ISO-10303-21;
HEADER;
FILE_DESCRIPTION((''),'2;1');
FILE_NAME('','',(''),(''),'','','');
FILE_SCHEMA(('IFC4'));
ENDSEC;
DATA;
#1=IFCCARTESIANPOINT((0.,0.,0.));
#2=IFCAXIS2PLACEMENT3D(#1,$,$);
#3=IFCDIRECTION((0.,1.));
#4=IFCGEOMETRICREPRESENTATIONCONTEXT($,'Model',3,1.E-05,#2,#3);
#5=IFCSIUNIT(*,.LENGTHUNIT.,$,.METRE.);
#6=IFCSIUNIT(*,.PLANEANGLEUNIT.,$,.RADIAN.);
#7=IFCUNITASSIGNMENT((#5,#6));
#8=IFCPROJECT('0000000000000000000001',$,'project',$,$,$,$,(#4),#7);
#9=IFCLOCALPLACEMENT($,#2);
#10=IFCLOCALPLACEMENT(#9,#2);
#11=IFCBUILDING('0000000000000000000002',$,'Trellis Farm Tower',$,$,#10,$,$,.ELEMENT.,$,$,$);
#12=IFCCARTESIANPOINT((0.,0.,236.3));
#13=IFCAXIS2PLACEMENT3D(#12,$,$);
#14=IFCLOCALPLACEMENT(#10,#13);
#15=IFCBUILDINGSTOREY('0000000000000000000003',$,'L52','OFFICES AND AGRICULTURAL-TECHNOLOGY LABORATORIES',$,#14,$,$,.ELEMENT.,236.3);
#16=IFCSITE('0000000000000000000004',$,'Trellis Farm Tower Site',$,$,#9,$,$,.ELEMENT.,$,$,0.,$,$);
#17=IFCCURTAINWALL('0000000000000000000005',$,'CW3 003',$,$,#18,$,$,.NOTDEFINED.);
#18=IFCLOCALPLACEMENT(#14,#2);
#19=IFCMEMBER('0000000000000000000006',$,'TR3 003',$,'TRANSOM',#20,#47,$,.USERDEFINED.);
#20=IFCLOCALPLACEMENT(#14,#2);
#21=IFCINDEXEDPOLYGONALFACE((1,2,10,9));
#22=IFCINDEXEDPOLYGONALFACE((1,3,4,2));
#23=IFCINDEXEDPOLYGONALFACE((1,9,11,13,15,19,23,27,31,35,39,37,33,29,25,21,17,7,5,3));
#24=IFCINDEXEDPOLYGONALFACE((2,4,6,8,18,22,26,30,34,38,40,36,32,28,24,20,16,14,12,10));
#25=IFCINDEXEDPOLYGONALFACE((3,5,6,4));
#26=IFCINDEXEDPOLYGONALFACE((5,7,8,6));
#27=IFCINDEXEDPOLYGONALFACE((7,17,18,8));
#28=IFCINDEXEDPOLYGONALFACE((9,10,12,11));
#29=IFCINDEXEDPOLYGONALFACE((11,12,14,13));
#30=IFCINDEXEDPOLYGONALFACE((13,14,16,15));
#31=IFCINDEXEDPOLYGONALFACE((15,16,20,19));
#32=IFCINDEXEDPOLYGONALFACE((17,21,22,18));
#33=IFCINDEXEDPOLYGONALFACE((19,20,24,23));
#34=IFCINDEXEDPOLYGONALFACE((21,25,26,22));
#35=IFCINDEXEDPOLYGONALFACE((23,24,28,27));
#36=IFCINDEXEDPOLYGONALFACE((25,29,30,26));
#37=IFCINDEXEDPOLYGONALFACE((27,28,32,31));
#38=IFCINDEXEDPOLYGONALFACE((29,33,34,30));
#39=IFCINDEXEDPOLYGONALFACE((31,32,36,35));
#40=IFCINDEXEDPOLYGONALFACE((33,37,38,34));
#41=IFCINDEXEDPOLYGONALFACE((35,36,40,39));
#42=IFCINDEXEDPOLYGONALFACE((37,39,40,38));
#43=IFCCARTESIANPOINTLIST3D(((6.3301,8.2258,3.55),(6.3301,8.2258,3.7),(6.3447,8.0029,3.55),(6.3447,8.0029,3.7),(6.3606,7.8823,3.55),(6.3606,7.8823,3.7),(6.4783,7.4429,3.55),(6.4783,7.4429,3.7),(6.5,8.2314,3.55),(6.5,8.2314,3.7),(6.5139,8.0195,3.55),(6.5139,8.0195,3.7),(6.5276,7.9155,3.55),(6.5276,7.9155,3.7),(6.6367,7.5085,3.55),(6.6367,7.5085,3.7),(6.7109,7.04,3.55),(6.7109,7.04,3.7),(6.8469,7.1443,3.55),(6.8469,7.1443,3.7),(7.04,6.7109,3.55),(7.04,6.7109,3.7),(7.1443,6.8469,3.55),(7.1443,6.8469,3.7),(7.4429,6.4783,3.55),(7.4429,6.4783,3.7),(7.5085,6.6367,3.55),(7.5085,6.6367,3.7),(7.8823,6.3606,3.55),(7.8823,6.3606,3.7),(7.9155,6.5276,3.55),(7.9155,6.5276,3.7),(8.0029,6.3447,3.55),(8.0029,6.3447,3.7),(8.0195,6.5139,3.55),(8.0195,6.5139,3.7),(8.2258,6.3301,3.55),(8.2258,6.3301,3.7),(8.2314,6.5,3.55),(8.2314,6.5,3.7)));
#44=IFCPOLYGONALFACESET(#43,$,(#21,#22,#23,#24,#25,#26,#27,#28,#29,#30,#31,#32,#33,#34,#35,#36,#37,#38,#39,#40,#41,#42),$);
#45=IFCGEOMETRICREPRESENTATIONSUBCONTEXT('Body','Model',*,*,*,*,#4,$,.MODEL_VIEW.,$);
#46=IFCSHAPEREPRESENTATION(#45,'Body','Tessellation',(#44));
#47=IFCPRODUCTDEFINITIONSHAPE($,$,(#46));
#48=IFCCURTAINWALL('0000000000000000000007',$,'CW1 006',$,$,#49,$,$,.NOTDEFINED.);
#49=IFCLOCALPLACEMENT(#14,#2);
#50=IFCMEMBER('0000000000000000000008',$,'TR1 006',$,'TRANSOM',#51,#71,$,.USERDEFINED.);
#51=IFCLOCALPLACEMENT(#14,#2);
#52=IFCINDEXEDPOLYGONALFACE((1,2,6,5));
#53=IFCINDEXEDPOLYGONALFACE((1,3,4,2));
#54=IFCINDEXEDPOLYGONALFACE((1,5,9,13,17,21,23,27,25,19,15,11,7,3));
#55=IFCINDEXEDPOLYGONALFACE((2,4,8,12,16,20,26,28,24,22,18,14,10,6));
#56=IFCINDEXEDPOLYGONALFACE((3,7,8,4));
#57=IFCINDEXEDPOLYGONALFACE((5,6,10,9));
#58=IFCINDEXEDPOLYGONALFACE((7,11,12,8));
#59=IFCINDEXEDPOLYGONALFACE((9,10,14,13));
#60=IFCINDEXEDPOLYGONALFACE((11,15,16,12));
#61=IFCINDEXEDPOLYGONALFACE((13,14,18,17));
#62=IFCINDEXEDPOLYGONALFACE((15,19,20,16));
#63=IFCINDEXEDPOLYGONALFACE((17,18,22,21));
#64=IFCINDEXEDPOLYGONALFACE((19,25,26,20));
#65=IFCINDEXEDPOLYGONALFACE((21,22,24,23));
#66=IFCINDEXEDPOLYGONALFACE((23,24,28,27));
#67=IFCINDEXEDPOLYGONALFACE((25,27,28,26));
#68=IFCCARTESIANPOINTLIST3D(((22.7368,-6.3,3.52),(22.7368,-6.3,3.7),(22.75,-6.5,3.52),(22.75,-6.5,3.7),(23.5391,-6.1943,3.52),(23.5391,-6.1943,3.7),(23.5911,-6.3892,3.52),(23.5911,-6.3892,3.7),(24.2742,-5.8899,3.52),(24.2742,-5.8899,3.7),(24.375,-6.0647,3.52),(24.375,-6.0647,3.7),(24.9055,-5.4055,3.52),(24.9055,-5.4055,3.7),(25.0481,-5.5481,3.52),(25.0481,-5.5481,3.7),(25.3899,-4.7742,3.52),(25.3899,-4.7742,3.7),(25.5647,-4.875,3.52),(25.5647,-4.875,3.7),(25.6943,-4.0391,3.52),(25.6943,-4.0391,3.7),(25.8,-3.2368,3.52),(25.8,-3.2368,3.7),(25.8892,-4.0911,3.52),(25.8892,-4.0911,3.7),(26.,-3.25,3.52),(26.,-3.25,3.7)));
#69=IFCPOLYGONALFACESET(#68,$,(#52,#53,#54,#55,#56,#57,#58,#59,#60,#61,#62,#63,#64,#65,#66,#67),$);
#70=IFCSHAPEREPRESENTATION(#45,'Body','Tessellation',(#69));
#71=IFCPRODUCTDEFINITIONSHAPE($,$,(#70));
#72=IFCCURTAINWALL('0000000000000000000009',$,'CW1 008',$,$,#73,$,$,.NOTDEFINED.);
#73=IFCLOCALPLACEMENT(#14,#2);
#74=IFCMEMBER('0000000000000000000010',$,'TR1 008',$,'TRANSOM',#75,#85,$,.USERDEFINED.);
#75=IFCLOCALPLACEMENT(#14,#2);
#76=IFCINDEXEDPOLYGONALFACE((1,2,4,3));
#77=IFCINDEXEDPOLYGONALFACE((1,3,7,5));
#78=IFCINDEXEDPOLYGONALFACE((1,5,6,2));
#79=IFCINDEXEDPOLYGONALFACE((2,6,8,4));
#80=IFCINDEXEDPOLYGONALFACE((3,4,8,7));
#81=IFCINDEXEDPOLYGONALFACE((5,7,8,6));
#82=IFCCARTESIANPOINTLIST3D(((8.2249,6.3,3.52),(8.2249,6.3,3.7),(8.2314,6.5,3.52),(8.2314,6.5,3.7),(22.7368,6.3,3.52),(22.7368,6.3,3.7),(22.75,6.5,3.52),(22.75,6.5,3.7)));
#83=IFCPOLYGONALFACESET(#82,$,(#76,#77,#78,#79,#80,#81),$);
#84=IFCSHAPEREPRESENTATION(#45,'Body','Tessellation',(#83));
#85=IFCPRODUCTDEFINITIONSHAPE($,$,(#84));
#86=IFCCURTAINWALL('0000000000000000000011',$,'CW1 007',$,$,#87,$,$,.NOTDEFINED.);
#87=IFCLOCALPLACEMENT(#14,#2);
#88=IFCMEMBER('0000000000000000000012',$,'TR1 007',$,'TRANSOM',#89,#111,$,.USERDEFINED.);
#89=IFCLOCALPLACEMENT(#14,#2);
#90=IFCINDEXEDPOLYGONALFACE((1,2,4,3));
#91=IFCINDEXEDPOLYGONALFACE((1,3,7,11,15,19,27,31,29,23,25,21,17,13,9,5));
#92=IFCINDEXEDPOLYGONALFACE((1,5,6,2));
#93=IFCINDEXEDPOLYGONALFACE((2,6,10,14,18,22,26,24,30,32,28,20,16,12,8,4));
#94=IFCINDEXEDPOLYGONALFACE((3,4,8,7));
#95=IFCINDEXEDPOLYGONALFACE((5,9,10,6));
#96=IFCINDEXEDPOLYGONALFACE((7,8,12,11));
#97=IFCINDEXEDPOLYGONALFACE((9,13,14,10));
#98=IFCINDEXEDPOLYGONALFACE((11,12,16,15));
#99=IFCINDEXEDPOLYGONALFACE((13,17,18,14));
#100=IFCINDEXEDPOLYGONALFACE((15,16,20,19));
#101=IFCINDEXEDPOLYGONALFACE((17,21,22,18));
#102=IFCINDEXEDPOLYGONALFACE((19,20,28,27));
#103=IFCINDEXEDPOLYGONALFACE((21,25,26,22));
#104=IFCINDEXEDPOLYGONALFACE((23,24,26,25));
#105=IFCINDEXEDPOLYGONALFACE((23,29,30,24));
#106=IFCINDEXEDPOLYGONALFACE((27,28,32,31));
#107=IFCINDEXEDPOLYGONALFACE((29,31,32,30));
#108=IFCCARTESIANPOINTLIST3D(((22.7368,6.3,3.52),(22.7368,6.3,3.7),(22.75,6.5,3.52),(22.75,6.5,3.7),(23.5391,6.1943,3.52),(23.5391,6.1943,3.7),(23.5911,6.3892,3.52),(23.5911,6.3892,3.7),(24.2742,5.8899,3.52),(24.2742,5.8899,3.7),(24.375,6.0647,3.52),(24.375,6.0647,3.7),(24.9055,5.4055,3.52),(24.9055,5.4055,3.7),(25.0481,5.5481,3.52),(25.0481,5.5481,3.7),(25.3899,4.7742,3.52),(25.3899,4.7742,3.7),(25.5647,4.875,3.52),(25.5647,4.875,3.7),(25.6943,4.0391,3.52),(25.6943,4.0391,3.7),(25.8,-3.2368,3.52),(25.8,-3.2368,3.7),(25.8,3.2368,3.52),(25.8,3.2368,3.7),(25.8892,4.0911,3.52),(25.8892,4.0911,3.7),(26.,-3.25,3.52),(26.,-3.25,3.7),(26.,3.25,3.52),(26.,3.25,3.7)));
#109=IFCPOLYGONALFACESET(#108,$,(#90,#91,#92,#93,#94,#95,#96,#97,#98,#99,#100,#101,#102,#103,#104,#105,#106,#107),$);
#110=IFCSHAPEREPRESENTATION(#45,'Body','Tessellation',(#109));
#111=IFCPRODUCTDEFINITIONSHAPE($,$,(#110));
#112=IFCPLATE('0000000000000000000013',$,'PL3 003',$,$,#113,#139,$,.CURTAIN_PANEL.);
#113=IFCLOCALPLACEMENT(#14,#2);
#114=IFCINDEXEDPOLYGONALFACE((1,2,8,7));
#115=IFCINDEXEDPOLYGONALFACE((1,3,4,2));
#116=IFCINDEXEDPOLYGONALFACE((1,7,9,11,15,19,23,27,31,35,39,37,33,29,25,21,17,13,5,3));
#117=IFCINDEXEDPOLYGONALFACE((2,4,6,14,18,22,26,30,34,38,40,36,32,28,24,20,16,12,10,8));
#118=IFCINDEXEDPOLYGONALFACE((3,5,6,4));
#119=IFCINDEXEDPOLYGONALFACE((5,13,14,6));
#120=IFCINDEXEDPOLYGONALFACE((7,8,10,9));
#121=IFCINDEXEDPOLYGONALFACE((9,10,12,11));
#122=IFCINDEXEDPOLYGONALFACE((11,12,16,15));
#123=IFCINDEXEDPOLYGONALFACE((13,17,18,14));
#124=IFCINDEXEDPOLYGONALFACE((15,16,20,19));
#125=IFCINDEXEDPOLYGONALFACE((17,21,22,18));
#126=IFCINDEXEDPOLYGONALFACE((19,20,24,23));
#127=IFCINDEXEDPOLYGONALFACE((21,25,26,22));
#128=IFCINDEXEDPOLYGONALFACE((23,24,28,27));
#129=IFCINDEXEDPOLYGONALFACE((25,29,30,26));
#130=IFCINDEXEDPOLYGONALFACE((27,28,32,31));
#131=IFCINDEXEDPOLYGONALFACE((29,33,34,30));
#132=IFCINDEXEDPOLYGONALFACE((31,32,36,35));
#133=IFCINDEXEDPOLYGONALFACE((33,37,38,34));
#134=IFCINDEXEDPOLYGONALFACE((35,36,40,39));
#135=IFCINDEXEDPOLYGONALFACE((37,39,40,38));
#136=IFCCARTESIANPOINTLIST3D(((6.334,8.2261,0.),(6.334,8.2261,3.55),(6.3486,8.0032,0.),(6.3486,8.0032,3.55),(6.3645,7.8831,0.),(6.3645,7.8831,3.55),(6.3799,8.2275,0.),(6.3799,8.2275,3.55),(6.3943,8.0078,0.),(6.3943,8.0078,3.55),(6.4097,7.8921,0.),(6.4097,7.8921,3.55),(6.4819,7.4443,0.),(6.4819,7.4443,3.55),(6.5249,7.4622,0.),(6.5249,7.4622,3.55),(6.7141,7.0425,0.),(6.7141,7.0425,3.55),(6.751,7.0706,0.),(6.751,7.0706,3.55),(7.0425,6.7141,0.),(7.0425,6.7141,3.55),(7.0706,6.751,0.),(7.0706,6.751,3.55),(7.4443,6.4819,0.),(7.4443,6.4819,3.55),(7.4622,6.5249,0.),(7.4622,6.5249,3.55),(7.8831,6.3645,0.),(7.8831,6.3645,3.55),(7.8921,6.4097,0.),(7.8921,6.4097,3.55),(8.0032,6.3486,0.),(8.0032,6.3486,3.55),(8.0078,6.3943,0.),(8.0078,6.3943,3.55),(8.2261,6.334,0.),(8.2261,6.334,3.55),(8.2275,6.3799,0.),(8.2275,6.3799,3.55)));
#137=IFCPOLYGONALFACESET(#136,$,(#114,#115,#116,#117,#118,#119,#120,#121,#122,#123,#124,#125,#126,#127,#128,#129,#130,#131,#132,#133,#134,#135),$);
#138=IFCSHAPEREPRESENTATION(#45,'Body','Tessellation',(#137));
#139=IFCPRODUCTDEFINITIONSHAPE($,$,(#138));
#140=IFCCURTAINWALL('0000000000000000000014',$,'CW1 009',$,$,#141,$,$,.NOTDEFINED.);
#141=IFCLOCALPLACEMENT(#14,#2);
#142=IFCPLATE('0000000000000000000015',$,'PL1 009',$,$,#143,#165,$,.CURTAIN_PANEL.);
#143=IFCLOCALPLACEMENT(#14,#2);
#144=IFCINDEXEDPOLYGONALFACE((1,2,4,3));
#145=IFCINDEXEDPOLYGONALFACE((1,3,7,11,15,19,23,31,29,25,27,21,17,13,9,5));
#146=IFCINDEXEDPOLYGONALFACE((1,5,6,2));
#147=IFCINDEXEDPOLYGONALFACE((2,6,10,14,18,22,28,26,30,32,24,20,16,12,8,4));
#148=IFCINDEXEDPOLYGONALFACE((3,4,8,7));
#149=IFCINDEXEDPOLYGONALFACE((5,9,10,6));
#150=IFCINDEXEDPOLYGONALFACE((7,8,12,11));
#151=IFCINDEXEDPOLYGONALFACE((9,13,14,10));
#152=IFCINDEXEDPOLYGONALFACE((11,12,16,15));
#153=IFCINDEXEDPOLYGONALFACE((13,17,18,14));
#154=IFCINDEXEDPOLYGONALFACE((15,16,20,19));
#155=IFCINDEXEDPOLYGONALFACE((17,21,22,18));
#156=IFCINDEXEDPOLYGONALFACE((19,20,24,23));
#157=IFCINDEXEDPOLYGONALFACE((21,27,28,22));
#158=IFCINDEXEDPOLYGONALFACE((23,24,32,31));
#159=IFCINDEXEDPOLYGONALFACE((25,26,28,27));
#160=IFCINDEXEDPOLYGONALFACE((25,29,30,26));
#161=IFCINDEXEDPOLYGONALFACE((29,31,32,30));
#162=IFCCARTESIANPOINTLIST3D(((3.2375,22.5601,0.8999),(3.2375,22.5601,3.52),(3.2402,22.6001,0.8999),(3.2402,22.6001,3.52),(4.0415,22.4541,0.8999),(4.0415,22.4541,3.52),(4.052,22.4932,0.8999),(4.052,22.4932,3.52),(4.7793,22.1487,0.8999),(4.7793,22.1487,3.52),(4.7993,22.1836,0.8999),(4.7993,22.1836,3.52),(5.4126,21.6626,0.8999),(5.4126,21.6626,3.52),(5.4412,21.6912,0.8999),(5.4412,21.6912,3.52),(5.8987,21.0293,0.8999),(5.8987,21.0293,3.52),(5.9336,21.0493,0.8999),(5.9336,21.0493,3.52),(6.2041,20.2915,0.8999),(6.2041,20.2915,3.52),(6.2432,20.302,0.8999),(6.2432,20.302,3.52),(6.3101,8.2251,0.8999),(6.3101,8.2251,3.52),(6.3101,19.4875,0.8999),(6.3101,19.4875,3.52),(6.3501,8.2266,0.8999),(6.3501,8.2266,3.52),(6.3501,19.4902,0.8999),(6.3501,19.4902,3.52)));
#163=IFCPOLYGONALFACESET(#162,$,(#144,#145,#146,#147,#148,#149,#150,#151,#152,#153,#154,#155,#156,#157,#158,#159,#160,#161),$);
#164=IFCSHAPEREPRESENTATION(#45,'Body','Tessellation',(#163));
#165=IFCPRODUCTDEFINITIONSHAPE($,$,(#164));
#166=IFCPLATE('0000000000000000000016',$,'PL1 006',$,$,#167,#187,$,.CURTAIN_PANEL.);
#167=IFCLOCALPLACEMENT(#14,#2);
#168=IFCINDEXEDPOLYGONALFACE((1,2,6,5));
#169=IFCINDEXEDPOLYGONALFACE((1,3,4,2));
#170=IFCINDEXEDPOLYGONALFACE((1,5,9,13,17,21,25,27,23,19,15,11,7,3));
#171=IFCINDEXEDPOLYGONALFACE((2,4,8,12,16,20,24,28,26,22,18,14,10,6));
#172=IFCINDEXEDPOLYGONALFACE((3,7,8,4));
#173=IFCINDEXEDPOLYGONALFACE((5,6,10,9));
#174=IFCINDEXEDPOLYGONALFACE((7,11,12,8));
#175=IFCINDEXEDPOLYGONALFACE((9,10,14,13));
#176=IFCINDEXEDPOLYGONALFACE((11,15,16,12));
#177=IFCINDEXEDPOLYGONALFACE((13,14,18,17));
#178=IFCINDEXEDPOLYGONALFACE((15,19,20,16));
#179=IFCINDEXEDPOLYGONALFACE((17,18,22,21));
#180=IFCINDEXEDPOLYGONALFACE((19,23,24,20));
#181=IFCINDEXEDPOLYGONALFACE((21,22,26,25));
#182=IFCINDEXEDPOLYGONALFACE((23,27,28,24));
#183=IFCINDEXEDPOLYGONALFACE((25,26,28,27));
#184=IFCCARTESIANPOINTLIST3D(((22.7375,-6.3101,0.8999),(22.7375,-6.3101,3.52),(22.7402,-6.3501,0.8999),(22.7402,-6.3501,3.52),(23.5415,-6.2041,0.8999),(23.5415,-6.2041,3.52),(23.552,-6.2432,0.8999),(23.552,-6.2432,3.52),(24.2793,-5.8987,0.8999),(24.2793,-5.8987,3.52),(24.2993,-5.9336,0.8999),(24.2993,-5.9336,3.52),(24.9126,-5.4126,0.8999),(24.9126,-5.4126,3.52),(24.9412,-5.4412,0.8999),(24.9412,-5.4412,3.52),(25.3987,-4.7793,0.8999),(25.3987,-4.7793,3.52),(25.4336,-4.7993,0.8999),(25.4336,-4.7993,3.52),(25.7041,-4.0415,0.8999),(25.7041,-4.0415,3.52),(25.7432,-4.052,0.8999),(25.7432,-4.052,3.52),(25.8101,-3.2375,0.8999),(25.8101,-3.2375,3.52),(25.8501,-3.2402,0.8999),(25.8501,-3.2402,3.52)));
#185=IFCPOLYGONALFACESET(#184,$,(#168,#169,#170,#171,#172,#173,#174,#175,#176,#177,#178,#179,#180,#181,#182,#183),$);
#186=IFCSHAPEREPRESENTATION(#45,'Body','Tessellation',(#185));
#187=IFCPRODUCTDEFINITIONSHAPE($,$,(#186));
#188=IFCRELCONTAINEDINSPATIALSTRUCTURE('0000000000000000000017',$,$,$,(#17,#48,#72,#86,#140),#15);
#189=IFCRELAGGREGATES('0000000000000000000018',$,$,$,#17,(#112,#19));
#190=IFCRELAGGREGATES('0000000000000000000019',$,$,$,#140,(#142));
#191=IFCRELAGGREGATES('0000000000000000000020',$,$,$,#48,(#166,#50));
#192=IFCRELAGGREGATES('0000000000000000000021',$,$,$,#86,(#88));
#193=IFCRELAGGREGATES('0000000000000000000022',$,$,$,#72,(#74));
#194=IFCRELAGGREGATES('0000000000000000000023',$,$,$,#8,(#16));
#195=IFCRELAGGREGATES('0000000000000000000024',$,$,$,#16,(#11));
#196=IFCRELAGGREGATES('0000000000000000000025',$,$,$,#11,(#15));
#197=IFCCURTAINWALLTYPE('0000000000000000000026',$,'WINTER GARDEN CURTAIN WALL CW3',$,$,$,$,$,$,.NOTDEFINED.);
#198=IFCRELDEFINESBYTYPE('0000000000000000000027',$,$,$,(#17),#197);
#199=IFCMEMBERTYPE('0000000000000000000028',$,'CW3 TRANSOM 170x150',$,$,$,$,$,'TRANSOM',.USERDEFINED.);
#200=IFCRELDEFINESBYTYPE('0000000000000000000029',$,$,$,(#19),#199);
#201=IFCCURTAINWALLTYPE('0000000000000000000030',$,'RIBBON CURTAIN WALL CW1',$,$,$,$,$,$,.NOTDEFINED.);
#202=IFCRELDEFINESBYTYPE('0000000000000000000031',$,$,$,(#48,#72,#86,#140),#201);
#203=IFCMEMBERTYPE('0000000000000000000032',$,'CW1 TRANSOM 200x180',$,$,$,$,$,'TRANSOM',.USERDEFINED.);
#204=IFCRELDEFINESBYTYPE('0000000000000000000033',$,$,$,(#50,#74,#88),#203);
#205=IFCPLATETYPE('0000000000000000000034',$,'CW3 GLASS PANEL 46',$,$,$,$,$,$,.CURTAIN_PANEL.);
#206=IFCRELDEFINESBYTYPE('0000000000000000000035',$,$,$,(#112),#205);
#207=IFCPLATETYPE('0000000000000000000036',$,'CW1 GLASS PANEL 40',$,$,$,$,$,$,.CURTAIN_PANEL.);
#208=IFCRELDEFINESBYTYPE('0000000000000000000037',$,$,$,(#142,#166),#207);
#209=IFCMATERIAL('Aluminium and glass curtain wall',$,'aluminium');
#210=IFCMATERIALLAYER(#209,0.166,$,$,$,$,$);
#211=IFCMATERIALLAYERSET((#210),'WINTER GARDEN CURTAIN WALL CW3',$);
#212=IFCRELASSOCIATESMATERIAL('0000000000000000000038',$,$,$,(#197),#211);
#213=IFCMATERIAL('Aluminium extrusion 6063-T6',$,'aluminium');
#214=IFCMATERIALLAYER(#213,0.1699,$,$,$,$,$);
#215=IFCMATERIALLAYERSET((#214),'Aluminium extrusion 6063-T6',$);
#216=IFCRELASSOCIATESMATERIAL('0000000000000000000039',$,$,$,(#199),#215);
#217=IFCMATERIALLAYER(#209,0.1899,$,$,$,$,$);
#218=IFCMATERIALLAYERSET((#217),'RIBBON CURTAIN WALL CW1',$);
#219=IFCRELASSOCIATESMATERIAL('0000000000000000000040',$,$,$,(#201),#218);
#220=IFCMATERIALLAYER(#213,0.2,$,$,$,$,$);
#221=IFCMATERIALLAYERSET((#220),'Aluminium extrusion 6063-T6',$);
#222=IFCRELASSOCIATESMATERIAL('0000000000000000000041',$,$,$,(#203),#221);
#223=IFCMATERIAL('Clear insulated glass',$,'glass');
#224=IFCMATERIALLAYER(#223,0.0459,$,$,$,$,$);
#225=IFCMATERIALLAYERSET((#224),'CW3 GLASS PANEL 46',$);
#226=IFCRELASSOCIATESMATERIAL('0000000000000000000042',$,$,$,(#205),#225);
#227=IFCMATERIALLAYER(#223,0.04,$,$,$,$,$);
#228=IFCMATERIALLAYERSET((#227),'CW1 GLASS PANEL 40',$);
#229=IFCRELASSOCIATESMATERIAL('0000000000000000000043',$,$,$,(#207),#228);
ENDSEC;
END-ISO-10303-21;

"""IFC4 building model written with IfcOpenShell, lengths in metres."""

from ifc_helpers import new_model, si_unit, direction, frame, origin, place, context, subcontext, project, spatial, polyline, outline, extrude, source, transform, mapped, material, layer, layer_set, type_object, element, aggregate, save


model = new_model("IFC4")

# Units and contexts
model_context = context("Model", 3, precision=1e-05, world=origin(), true_north=direction((0.0, 1.0)))
body_context = subcontext(model_context, "Body", "Model", "MODEL_VIEW")
ifc_project = project(units=[si_unit("LENGTHUNIT", "METRE"), si_unit("PLANEANGLEUNIT", "RADIAN")], contexts=[model_context])

# Site, building, storey
site_placement = place(None, origin())
site = spatial("IfcSite", under=ifc_project, at=site_placement, Name="Trellis Farm Tower Site", CompositionType="ELEMENT", RefElevation=0.0)
building_placement = place(site_placement, origin())
building = spatial("IfcBuilding", under=site, at=building_placement, Name="Trellis Farm Tower", CompositionType="ELEMENT")
storey_placement = place(building_placement, frame((0.0, 0.0, 236.3)))
storey = spatial("IfcBuildingStorey", under=building, at=storey_placement, Name="L52", Description="OFFICES AND AGRICULTURAL-TECHNOLOGY LABORATORIES", CompositionType="ELEMENT", Elevation=236.3)

# Curtain walls, members
ifc_material_1 = material(Name="Aluminium and glass curtain wall", Category="aluminium")
ifc_layer_1 = layer(ifc_material_1, 0.166)
ifc_layer_set_1 = layer_set([ifc_layer_1], Name="WINTER GARDEN CURTAIN WALL CW3")
curtain_wall_type_1 = type_object("IfcCurtainWallType", Name="WINTER GARDEN CURTAIN WALL CW3", PredefinedType="NOTDEFINED", material=ifc_layer_set_1)
placement_1 = place(storey_placement, origin())
curtain_wall_1 = element("IfcCurtainWall", 1, at=placement_1, inside=storey, type_object=curtain_wall_type_1, Name="CW3 003", PredefinedType="NOTDEFINED")
ifc_material_2 = material(Name="Aluminium extrusion 6063-T6", Category="aluminium")
ifc_layer_2 = layer(ifc_material_2, 0.1699)
ifc_layer_set_2 = layer_set([ifc_layer_2], Name="Aluminium extrusion 6063-T6")
member_type_1 = type_object("IfcMemberType", Name="CW3 TRANSOM 170x150", ElementType="TRANSOM", PredefinedType="USERDEFINED", material=ifc_layer_set_2)
shared_shape_1 = source(origin(), body_context, "Body", "SweptSolid", [
    extrude(outline(polyline([(8.2314, 6.5), (8.0195, 6.5139), (7.9155, 6.5276), (7.5085, 6.6367), (7.1443, 6.8469), (6.8469, 7.1443), (6.6367, 7.5085), (6.5276, 7.9155), (6.5139, 8.0195), (6.5, 8.2314), (6.3301, 8.2258), (6.3447, 8.0029), (6.3606, 7.8823), (6.4783, 7.4429), (6.7109, 7.04), (7.04, 6.7109), (7.4429, 6.4783), (7.8823, 6.3606), (8.0029, 6.3447), (8.2258, 6.3301), (8.2314, 6.5)])), origin(), (0.0, 0.0, 1.0), 0.1499),
])
member_1_placement = place(storey_placement, frame((0.0, 0.0, 3.55)))
member_1 = element("IfcMember", 2, at=member_1_placement, type_object=member_type_1, Name="TR3 003", ObjectType="TRANSOM", PredefinedType="USERDEFINED", context=body_context, shape_type="MappedRepresentation", body=[
    mapped(shared_shape_1, transform((0.0, 0.0, 0.0))),
])
ifc_layer_3 = layer(ifc_material_1, 0.1899)
ifc_layer_set_3 = layer_set([ifc_layer_3], Name="RIBBON CURTAIN WALL CW1")
curtain_wall_type_2 = type_object("IfcCurtainWallType", Name="RIBBON CURTAIN WALL CW1", PredefinedType="NOTDEFINED", material=ifc_layer_set_3)
curtain_wall_2 = element("IfcCurtainWall", 3, at=placement_1, inside=storey, type_object=curtain_wall_type_2, Name="CW1 006", PredefinedType="NOTDEFINED")
ifc_layer_4 = layer(ifc_material_2, 0.2)
ifc_layer_set_4 = layer_set([ifc_layer_4], Name="Aluminium extrusion 6063-T6")
member_type_2 = type_object("IfcMemberType", Name="CW1 TRANSOM 200x180", ElementType="TRANSOM", PredefinedType="USERDEFINED", material=ifc_layer_set_4)
shared_shape_2 = source(origin(), body_context, "Body", "SweptSolid", [
    extrude(outline(polyline([(22.75, -6.5), (23.5911, -6.3892), (24.375, -6.0647), (25.0481, -5.5481), (25.5647, -4.875), (25.8892, -4.0911), (26.0, -3.25), (25.8, -3.2368), (25.6943, -4.0391), (25.3899, -4.7742), (24.9055, -5.4055), (24.2742, -5.8899), (23.5391, -6.1943), (22.7368, -6.3), (22.75, -6.5)])), origin(), (0.0, 0.0, 1.0), 0.1799),
])
placement_2 = place(storey_placement, frame((0.0, 0.0, 3.52)))
member_2 = element("IfcMember", 4, at=placement_2, type_object=member_type_2, Name="TR1 006", ObjectType="TRANSOM", PredefinedType="USERDEFINED", context=body_context, shape_type="MappedRepresentation", body=[
    mapped(shared_shape_2, transform((0.0, 0.0, 0.0))),
])
curtain_wall_3 = element("IfcCurtainWall", 5, at=placement_1, inside=storey, type_object=curtain_wall_type_2, Name="CW1 008", PredefinedType="NOTDEFINED")
shared_shape_3 = source(origin(), body_context, "Body", "SweptSolid", [
    extrude(outline(polyline([(22.75, 6.5), (8.2314, 6.5), (8.2249, 6.3), (22.7368, 6.3), (22.75, 6.5)])), origin(), (0.0, 0.0, 1.0), 0.1799),
])
member_3 = element("IfcMember", 6, at=placement_2, type_object=member_type_2, Name="TR1 008", ObjectType="TRANSOM", PredefinedType="USERDEFINED", context=body_context, shape_type="MappedRepresentation", body=[
    mapped(shared_shape_3, transform((0.0, 0.0, 0.0))),
])
curtain_wall_4 = element("IfcCurtainWall", 7, at=placement_1, inside=storey, type_object=curtain_wall_type_2, Name="CW1 007", PredefinedType="NOTDEFINED")
shared_shape_4 = source(origin(), body_context, "Body", "SweptSolid", [
    extrude(outline(polyline([(26.0, -3.25), (26.0, 3.25), (25.8892, 4.0911), (25.5647, 4.875), (25.0481, 5.5481), (24.375, 6.0647), (23.5911, 6.3892), (22.75, 6.5), (22.7368, 6.3), (23.5391, 6.1943), (24.2742, 5.8899), (24.9055, 5.4055), (25.3899, 4.7742), (25.6943, 4.0391), (25.8, 3.2368), (25.8, -3.2368), (26.0, -3.25)])), origin(), (0.0, 0.0, 1.0), 0.1799),
])
member_4 = element("IfcMember", 8, at=placement_2, type_object=member_type_2, Name="TR1 007", ObjectType="TRANSOM", PredefinedType="USERDEFINED", context=body_context, shape_type="MappedRepresentation", body=[
    mapped(shared_shape_4, transform((0.0, 0.0, 0.0))),
])

# Plate
ifc_material_3 = material(Name="Clear insulated glass", Category="glass")
ifc_layer_5 = layer(ifc_material_3, 0.0459)
ifc_layer_set_5 = layer_set([ifc_layer_5], Name="CW3 GLASS PANEL 46")
plate_type_1 = type_object("IfcPlateType", Name="CW3 GLASS PANEL 46", PredefinedType="CURTAIN_PANEL", material=ifc_layer_set_5)
shared_shape_5 = source(origin(), body_context, "Body", "SweptSolid", [
    extrude(outline(polyline([(8.2275, 6.3799), (8.0078, 6.3943), (7.8921, 6.4097), (7.4622, 6.5249), (7.0706, 6.751), (6.751, 7.0706), (6.5249, 7.4622), (6.4097, 7.8921), (6.3943, 8.0078), (6.3799, 8.2275), (6.334, 8.2261), (6.3486, 8.0032), (6.3645, 7.8831), (6.4819, 7.4443), (6.7141, 7.0425), (7.0425, 6.7141), (7.4443, 6.4819), (7.8831, 6.3645), (8.0032, 6.3486), (8.2261, 6.334), (8.2275, 6.3799)])), origin(), (0.0, 0.0, 1.0), 3.55),
])
plate_1 = element("IfcPlate", 9, at=placement_1, type_object=plate_type_1, Name="PL3 003", PredefinedType="CURTAIN_PANEL", context=body_context, shape_type="MappedRepresentation", body=[
    mapped(shared_shape_5, transform((0.0, 0.0, 0.0))),
])
aggregate(curtain_wall_1, [plate_1, member_1])

# Curtain wall, plate
curtain_wall_5 = element("IfcCurtainWall", 10, at=placement_1, inside=storey, type_object=curtain_wall_type_2, Name="CW1 009", PredefinedType="NOTDEFINED")
ifc_layer_6 = layer(ifc_material_3, 0.04)
ifc_layer_set_6 = layer_set([ifc_layer_6], Name="CW1 GLASS PANEL 40")
plate_type_2 = type_object("IfcPlateType", Name="CW1 GLASS PANEL 40", PredefinedType="CURTAIN_PANEL", material=ifc_layer_set_6)
shared_shape_6 = source(origin(), body_context, "Body", "SweptSolid", [
    extrude(outline(polyline([(6.3501, 8.2266), (6.3501, 19.4902), (6.2432, 20.302), (5.9336, 21.0493), (5.4412, 21.6912), (4.7993, 22.1836), (4.052, 22.4932), (3.2402, 22.6001), (3.2375, 22.5601), (4.0415, 22.4541), (4.7793, 22.1487), (5.4126, 21.6626), (5.8987, 21.0293), (6.2041, 20.2915), (6.3101, 19.4875), (6.3101, 8.2251), (6.3501, 8.2266)])), origin(), (0.0, 0.0, 1.0), 2.6201),
])
placement_3 = place(storey_placement, frame((0.0, 0.0, 0.8999)))
plate_2 = element("IfcPlate", 11, at=placement_3, type_object=plate_type_2, Name="PL1 009", PredefinedType="CURTAIN_PANEL", context=body_context, shape_type="MappedRepresentation", body=[
    mapped(shared_shape_6, transform((0.0, 0.0, 0.0))),
])
aggregate(curtain_wall_5, [plate_2])

# Plate
shared_shape_7 = source(origin(), body_context, "Body", "SweptSolid", [
    extrude(outline(polyline([(22.7402, -6.3501), (23.552, -6.2432), (24.2993, -5.9336), (24.9412, -5.4412), (25.4336, -4.7993), (25.7432, -4.052), (25.8501, -3.2402), (25.8101, -3.2375), (25.7041, -4.0415), (25.3987, -4.7793), (24.9126, -5.4126), (24.2793, -5.8987), (23.5415, -6.2041), (22.7375, -6.3101), (22.7402, -6.3501)])), origin(), (0.0, 0.0, 1.0), 2.6201),
])
plate_3 = element("IfcPlate", 12, at=placement_3, type_object=plate_type_2, Name="PL1 006", PredefinedType="CURTAIN_PANEL", context=body_context, shape_type="MappedRepresentation", body=[
    mapped(shared_shape_7, transform((0.0, 0.0, 0.0))),
])
aggregate(curtain_wall_2, [plate_3, member_2])
aggregate(curtain_wall_4, [member_4])
aggregate(curtain_wall_3, [member_3])

save(model, "model.ifc")
